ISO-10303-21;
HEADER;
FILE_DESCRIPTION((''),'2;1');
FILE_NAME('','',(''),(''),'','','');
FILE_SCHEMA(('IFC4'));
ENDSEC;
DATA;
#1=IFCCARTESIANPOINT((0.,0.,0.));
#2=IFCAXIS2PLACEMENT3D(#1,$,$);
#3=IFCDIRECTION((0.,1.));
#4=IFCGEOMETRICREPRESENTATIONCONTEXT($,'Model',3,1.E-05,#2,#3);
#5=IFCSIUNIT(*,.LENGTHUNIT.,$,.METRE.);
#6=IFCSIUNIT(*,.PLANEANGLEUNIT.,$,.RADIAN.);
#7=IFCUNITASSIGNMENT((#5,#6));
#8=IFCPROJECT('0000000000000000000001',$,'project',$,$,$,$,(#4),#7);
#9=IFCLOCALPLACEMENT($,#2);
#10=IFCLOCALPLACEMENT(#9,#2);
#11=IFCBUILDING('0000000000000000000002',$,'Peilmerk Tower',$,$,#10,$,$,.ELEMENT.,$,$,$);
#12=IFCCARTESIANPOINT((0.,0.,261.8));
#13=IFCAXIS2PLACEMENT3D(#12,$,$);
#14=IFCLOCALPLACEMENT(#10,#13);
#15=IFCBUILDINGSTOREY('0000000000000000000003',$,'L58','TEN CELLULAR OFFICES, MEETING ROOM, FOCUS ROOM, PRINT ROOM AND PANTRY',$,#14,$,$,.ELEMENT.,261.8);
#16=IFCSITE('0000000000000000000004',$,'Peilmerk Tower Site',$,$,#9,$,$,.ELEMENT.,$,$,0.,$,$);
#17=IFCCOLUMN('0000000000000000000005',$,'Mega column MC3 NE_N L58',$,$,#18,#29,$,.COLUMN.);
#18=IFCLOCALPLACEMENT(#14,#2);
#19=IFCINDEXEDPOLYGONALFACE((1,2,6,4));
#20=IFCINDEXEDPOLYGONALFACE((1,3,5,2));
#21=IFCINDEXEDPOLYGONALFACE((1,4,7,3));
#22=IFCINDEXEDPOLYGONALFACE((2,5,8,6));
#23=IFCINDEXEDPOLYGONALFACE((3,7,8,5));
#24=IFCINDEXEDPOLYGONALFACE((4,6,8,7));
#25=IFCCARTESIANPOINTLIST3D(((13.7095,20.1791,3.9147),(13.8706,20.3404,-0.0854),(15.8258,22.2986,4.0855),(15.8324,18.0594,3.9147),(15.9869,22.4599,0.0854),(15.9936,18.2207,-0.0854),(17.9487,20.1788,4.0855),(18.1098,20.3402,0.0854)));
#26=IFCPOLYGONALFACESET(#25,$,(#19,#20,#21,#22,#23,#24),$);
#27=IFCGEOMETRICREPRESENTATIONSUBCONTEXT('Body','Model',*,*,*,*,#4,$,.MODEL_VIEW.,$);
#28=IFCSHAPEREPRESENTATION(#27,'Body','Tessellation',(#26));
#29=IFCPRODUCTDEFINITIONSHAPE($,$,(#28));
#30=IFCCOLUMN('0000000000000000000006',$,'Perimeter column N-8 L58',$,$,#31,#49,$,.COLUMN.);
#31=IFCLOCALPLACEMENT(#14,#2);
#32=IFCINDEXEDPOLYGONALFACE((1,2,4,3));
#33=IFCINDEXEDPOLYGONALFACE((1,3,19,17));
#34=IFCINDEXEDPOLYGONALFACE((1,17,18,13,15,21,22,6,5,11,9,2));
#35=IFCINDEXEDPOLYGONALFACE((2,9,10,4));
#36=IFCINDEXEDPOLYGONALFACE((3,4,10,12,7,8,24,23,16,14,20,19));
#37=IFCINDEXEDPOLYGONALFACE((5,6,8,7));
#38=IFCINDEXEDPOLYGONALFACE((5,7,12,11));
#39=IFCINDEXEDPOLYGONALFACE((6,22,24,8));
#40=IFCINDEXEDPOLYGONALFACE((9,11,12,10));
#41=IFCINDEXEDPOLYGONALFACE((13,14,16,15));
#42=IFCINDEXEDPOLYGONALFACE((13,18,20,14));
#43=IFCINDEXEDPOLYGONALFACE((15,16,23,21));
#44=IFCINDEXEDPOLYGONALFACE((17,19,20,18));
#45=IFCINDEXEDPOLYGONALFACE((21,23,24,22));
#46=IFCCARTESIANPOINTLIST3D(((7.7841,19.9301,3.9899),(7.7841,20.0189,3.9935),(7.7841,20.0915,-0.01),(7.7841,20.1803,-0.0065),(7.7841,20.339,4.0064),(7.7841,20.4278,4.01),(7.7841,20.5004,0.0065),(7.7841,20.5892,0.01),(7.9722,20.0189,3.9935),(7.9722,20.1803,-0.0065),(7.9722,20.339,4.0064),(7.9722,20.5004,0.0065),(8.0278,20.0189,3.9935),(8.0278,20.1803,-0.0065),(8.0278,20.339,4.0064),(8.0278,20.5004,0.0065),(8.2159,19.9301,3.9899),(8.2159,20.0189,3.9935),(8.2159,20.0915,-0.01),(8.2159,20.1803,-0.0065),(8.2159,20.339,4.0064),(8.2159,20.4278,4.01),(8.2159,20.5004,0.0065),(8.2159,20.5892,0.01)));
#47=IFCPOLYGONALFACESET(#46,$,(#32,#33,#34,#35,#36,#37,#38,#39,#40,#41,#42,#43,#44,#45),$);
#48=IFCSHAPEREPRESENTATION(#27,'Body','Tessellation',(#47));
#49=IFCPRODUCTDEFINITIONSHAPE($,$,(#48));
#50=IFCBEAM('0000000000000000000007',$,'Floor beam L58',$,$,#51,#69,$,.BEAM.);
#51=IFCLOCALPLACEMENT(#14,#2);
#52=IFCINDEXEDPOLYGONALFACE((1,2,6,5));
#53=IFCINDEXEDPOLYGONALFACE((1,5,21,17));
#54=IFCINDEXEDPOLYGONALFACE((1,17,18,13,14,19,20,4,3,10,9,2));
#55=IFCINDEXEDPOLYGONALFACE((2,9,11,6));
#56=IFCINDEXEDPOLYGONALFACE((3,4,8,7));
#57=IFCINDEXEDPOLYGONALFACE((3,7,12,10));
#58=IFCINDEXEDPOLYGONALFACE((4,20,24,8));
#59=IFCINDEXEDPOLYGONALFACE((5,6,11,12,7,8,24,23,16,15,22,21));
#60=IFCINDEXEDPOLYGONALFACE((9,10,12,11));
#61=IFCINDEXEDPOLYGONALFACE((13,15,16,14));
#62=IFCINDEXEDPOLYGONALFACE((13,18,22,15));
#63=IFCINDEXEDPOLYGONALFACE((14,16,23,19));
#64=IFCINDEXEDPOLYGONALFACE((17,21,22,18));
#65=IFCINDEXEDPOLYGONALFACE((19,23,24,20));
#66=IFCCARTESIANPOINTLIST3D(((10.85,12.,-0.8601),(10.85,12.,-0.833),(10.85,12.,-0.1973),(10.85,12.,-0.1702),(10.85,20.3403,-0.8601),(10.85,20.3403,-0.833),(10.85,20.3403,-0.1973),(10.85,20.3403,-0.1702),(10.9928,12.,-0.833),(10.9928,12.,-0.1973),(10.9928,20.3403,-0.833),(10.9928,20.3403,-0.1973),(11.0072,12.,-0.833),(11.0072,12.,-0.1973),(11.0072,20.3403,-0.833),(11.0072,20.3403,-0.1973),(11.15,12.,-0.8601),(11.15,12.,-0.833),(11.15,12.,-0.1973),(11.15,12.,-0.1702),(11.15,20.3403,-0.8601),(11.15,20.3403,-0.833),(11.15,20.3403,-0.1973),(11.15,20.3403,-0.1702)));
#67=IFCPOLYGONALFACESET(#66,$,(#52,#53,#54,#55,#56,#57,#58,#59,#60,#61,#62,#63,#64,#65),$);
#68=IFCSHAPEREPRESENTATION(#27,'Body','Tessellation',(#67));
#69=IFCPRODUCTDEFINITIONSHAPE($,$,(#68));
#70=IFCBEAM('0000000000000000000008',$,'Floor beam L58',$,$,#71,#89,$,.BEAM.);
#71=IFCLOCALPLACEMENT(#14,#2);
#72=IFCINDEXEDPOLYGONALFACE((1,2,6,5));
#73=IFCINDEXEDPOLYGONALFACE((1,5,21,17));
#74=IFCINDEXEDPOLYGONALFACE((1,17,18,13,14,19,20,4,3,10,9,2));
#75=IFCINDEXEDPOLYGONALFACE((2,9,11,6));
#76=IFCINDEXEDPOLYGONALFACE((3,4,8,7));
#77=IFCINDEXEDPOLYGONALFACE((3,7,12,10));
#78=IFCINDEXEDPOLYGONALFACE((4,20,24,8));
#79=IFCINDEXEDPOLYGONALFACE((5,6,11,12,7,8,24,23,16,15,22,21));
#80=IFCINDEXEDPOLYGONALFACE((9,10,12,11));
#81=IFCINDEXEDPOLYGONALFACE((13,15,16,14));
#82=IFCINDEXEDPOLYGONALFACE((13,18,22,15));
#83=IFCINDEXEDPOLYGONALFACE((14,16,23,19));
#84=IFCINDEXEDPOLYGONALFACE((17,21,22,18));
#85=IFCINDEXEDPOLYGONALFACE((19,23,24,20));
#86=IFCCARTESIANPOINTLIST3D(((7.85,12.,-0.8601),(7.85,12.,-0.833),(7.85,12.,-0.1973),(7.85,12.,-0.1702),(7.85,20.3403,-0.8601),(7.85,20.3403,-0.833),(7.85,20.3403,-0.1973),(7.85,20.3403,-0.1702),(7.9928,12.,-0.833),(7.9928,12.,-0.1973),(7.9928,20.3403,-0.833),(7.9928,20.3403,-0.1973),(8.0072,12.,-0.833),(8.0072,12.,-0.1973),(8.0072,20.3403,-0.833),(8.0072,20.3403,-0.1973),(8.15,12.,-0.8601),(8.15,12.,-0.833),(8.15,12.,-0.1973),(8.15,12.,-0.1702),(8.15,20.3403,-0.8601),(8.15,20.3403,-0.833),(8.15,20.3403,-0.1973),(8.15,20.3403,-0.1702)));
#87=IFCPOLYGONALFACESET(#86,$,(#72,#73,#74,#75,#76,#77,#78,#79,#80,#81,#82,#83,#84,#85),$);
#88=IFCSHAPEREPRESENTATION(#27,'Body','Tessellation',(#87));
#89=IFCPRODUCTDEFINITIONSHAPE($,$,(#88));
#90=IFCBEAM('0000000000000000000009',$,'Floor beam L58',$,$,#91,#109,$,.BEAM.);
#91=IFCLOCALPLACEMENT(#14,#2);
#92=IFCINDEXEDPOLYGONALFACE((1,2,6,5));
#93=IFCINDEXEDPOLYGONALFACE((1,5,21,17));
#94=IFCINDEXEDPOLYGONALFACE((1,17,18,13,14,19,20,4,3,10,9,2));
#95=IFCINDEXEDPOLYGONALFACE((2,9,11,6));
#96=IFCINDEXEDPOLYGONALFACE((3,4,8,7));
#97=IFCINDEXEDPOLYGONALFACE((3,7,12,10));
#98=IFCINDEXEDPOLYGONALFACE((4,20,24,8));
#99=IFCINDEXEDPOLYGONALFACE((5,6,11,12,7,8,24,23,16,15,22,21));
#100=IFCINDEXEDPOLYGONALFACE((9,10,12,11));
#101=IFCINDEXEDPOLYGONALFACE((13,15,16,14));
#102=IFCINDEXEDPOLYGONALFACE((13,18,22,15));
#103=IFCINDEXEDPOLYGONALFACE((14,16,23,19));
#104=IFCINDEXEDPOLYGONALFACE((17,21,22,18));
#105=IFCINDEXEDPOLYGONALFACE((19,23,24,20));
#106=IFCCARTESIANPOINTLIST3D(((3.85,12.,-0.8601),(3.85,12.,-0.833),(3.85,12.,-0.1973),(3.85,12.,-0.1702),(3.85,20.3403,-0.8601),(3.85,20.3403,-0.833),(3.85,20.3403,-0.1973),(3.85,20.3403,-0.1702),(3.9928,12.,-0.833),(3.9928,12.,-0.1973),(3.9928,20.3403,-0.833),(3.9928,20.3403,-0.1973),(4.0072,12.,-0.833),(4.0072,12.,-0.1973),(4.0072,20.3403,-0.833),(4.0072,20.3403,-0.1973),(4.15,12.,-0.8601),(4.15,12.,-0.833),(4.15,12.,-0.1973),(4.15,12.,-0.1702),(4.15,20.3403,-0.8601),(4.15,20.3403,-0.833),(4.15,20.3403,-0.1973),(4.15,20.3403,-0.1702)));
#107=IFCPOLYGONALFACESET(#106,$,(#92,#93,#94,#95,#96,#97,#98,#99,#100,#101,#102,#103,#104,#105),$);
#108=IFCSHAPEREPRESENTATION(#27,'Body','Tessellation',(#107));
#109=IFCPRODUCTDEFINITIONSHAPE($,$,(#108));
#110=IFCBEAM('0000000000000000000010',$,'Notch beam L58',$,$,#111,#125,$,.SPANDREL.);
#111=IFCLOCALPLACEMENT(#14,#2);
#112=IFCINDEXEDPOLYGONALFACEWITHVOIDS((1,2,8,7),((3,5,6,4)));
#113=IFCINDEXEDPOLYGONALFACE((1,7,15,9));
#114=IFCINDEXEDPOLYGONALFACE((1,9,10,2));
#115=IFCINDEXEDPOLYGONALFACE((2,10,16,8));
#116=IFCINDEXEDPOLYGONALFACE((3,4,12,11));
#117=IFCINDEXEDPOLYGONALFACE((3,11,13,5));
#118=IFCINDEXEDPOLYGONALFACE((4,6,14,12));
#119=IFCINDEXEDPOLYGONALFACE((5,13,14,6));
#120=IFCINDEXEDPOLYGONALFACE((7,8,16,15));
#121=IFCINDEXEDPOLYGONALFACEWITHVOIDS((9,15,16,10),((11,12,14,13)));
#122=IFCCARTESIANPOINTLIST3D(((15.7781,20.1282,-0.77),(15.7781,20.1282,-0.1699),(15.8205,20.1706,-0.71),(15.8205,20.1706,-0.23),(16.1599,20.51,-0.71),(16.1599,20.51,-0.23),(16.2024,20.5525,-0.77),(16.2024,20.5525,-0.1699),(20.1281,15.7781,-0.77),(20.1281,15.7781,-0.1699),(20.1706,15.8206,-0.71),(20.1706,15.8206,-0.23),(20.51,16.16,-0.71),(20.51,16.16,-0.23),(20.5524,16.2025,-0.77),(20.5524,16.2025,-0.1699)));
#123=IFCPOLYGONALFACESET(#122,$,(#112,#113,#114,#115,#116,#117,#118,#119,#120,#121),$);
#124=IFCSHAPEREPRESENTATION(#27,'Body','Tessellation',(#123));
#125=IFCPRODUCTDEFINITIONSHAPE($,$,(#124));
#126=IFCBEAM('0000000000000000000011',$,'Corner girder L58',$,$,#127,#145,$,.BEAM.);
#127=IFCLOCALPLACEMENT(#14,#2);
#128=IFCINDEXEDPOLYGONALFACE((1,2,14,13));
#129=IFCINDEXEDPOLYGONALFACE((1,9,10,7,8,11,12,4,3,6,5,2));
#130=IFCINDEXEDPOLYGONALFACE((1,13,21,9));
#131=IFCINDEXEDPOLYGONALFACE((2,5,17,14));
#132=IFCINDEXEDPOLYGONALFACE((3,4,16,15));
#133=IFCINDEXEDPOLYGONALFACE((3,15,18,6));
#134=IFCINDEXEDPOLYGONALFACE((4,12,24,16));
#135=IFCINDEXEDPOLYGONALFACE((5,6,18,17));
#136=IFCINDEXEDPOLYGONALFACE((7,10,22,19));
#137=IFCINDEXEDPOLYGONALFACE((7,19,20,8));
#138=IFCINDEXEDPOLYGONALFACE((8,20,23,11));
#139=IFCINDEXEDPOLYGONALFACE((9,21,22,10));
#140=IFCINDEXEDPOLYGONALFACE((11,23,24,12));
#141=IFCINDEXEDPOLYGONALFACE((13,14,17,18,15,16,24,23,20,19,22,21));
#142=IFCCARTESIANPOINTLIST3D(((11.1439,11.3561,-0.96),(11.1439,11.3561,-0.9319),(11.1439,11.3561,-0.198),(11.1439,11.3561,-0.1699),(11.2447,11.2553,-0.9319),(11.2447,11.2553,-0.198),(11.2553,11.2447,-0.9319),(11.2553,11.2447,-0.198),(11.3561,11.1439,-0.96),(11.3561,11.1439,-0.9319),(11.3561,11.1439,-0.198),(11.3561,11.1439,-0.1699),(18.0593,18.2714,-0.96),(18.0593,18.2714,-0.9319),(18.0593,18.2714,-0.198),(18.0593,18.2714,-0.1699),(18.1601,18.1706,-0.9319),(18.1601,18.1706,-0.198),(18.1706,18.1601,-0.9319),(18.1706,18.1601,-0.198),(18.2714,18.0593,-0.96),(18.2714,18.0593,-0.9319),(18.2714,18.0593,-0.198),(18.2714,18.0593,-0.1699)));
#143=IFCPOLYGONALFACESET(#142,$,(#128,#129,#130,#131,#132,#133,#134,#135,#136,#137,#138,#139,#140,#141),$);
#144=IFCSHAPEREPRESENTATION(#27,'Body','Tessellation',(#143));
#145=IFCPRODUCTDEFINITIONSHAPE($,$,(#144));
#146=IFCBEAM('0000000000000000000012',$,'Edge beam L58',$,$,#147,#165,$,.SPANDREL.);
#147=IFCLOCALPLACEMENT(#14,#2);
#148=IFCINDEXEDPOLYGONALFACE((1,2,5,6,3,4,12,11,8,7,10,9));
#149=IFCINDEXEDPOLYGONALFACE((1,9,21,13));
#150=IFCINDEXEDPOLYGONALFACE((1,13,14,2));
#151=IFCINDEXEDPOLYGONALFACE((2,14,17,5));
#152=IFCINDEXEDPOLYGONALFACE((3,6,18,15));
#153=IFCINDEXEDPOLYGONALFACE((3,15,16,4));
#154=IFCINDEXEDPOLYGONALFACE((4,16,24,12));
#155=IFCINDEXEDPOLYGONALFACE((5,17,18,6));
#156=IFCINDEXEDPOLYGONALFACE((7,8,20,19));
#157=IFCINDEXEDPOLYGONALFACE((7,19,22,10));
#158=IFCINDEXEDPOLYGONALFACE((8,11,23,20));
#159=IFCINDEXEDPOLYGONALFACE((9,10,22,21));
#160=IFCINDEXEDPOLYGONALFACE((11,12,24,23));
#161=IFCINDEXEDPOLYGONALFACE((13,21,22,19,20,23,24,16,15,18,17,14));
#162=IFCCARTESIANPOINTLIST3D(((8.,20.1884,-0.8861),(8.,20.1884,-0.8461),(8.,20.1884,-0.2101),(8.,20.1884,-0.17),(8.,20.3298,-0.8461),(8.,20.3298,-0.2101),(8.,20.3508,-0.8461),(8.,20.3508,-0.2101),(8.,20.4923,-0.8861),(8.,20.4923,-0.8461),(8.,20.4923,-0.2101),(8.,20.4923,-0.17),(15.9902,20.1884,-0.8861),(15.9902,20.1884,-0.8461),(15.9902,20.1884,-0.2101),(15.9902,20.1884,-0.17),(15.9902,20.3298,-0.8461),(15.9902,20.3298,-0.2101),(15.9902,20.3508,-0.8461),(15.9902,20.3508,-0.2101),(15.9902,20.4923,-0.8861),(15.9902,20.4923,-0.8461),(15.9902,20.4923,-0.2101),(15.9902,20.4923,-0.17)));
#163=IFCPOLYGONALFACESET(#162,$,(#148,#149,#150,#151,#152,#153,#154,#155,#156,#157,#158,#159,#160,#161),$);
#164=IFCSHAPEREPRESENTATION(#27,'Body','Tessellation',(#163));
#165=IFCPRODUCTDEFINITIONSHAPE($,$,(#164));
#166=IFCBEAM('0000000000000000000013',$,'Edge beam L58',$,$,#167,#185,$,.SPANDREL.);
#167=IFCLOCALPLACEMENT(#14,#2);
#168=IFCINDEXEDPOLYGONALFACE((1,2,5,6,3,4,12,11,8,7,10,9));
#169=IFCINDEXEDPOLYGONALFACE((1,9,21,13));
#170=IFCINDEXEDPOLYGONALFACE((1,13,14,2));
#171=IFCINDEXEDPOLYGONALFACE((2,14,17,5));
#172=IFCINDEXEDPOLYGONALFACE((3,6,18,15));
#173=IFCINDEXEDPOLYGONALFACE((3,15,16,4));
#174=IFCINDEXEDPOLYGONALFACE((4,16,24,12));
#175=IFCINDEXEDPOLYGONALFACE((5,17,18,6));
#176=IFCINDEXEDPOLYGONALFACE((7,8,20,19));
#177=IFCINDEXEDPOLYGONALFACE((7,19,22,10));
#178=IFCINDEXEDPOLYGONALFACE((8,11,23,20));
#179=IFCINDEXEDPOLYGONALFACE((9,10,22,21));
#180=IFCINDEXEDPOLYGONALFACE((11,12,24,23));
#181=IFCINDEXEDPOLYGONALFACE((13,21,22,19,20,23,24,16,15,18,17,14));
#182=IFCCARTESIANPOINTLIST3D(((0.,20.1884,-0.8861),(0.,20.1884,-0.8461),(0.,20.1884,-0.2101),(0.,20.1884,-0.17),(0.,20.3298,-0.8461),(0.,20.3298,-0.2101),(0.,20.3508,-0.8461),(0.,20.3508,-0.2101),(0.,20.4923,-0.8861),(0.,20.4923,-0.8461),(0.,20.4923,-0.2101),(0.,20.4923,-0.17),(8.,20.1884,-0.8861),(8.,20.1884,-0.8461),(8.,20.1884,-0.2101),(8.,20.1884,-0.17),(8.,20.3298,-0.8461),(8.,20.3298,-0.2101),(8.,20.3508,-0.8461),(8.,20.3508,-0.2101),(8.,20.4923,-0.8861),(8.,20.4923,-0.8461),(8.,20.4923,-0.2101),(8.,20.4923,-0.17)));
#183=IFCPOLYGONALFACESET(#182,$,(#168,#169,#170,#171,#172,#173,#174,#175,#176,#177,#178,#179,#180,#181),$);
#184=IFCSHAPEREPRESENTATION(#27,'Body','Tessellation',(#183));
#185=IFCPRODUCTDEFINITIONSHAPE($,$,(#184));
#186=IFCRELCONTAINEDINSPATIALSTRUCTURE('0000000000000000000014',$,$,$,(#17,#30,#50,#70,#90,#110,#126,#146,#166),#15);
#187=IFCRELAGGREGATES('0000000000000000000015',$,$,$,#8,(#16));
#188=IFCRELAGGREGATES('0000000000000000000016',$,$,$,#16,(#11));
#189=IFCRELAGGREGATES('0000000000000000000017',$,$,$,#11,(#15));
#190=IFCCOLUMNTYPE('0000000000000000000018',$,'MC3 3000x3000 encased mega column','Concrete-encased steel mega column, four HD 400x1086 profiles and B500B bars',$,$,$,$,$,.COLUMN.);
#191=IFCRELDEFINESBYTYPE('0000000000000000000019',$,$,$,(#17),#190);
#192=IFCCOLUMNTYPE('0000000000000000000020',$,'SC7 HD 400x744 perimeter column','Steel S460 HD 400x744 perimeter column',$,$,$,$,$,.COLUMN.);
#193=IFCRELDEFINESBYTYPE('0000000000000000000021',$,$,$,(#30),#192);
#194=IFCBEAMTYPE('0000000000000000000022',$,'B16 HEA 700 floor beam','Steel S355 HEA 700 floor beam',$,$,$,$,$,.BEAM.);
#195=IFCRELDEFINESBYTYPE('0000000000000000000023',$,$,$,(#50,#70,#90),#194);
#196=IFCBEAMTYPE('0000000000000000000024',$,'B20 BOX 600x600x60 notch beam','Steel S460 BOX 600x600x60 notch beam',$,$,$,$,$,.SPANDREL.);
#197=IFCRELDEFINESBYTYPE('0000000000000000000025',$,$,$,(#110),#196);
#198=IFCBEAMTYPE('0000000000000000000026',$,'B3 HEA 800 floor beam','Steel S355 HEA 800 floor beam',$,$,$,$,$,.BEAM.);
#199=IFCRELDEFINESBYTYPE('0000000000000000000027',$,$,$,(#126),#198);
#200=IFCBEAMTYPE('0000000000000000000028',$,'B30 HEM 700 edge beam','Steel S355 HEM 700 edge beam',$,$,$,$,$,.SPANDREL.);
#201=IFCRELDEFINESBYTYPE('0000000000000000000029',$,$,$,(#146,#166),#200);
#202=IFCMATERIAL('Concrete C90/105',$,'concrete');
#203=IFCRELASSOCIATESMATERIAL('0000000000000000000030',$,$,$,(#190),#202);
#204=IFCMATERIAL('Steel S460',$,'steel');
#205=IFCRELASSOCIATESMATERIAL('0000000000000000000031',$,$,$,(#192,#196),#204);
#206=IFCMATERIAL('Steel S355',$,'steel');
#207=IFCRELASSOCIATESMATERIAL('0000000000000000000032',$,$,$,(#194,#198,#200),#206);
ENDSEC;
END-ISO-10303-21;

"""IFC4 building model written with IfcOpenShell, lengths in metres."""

from ifc_helpers import new_model, si_unit, direction, frame, origin, origin_2d, place, context, subcontext, project, spatial, rectangle, hollow_rectangle, i_section, extrude, material, material_profile, profile_set, type_object, element, save


model = new_model("IFC4")

# Units and contexts
model_context = context("Model", 3, precision=1e-05, world=origin(), true_north=direction((0.0, 1.0)))
body_context = subcontext(model_context, "Body", "Model", "MODEL_VIEW")
ifc_project = project(units=[si_unit("LENGTHUNIT", "METRE"), si_unit("PLANEANGLEUNIT", "RADIAN")], contexts=[model_context])

# Site, building, storey
site_placement = place(None, origin())
site = spatial("IfcSite", under=ifc_project, at=site_placement, Name="Peilmerk Tower Site", CompositionType="ELEMENT", RefElevation=0.0)
building_placement = place(site_placement, origin())
building = spatial("IfcBuilding", under=site, at=building_placement, Name="Peilmerk Tower", CompositionType="ELEMENT")
storey_placement = place(building_placement, frame((0.0, 0.0, 261.8)))
storey = spatial("IfcBuildingStorey", under=building, at=storey_placement, Name="L58", Description="TEN CELLULAR OFFICES, MEETING ROOM, FOCUS ROOM, PRINT ROOM AND PANTRY", CompositionType="ELEMENT", Elevation=261.8)

# Columns
ifc_material_1 = material(Name="Concrete C90/105", Category="concrete")
ifc_material_profile_1 = material_profile(ifc_material_1, rectangle(XDim=3.0, YDim=3.0, at=origin_2d()), Name="RC 3000x3000")
ifc_profile_set_1 = profile_set([ifc_material_profile_1], Name="Concrete C90/105")
column_type_1 = type_object("IfcColumnType", Name="MC3 3000x3000 encased mega column", Description="Concrete-encased steel mega column, four HD 400x1086 profiles and B500B bars", PredefinedType="COLUMN", material=ifc_profile_set_1)
column_1_placement = place(storey_placement, frame((15.9902, 20.3403, 0.0), z_axis=(-0.040218, -0.040279, 0.998379), x_axis=(0.707642, -0.706571, 0.0)))
element("IfcColumn", 1, at=column_1_placement, inside=storey, type_object=column_type_1, Name="Mega column MC3 NE_N L58", PredefinedType="COLUMN", context=body_context, shape_type="SweptSolid", body=[
    extrude(rectangle(XDim=3.0, YDim=3.0, at=origin_2d()), origin(), (0.0, 0.0, 1.0), 4.0066),
])
ifc_material_2 = material(Name="Steel S460", Category="steel")
ifc_material_profile_2 = material_profile(ifc_material_2, i_section(OverallWidth=0.4319, OverallDepth=0.498, WebThickness=0.0557, FlangeThickness=0.0889, at=origin_2d()), Name="HD 400x744")
ifc_profile_set_2 = profile_set([ifc_material_profile_2], Name="Steel S460")
column_type_2 = type_object("IfcColumnType", Name="SC7 HD 400x744 perimeter column", Description="Steel S460 HD 400x744 perimeter column", PredefinedType="COLUMN", material=ifc_profile_set_2)
column_2_placement = place(storey_placement, frame((8.0, 20.3403, 0.0), z_axis=(0.0, -0.040311, 0.999187), x_axis=(1.0, 0.0, 0.0)))
element("IfcColumn", 2, at=column_2_placement, inside=storey, type_object=column_type_2, Name="Perimeter column N-8 L58", PredefinedType="COLUMN", context=body_context, shape_type="SweptSolid", body=[
    extrude(i_section(OverallWidth=0.4319, OverallDepth=0.498, WebThickness=0.0557, FlangeThickness=0.0889, at=origin_2d()), origin(), (0.0, 0.0, 1.0), 4.0032),
])

# Beams
ifc_material_3 = material(Name="Steel S355", Category="steel")
ifc_material_profile_3 = material_profile(ifc_material_3, i_section(OverallWidth=0.3, OverallDepth=0.6899, WebThickness=0.0144, FlangeThickness=0.0271, at=origin_2d()), Name="HEA 700")
ifc_profile_set_3 = profile_set([ifc_material_profile_3], Name="Steel S355")
beam_type_1 = type_object("IfcBeamType", Name="B16 HEA 700 floor beam", Description="Steel S355 HEA 700 floor beam", PredefinedType="BEAM", material=ifc_profile_set_3)
for number, where, z_axis, x_axis, name in (
    (3, (11.0, 12.0, -0.5151), (0.0, 1.0, 0.0), (-1.0, 0.0, 0.0), "Floor beam L58"),
    (4, (8.0, 12.0, -0.5151), (0.0, 1.0, 0.0), (-1.0, 0.0, 0.0), "Floor beam L58"),
    (5, (4.0, 12.0, -0.5151), (0.0, 1.0, 0.0), (-1.0, 0.0, 0.0), "Floor beam L58"),
):
    element("IfcBeam", number, at=place(storey_placement, frame(where, z_axis=z_axis, x_axis=x_axis)), inside=storey, type_object=beam_type_1, Name=name, PredefinedType="BEAM", context=body_context, shape_type="SweptSolid", body=[
        extrude(i_section(OverallWidth=0.3, OverallDepth=0.6899, WebThickness=0.0144, FlangeThickness=0.0271, at=origin_2d()), origin(), (0.0, 0.0, 1.0), 8.3403),
    ])
ifc_material_profile_4 = material_profile(ifc_material_2, hollow_rectangle(XDim=0.6001, YDim=0.6001, WallThickness=0.0601, at=origin_2d()), Name="BOX 600x600x60")
ifc_profile_set_4 = profile_set([ifc_material_profile_4], Name="Steel S460")
beam_type_2 = type_object("IfcBeamType", Name="B20 BOX 600x600x60 notch beam", Description="Steel S460 BOX 600x600x60 notch beam", PredefinedType="SPANDREL", material=ifc_profile_set_4)
beam_1_placement = place(storey_placement, frame((15.9902, 20.3403, -0.47), z_axis=(0.707107, -0.707107, 0.0), x_axis=(0.707107, 0.707107, 0.0)))
element("IfcBeam", 6, at=beam_1_placement, inside=storey, type_object=beam_type_2, Name="Notch beam L58", PredefinedType="SPANDREL", context=body_context, shape_type="SweptSolid", body=[
    extrude(hollow_rectangle(XDim=0.6001, YDim=0.6001, WallThickness=0.0601, at=origin_2d()), origin(), (0.0, 0.0, 1.0), 6.1519),
])
ifc_material_profile_5 = material_profile(ifc_material_3, i_section(OverallWidth=0.3, OverallDepth=0.79, WebThickness=0.0149, FlangeThickness=0.0281, at=origin_2d()), Name="HEA 800")
ifc_profile_set_5 = profile_set([ifc_material_profile_5], Name="Steel S355")
beam_type_3 = type_object("IfcBeamType", Name="B3 HEA 800 floor beam", Description="Steel S355 HEA 800 floor beam", PredefinedType="BEAM", material=ifc_profile_set_5)
beam_2_placement = place(storey_placement, frame((11.25, 11.25, -0.5649), z_axis=(0.707107, 0.707107, 0.0), x_axis=(-0.707107, 0.707107, 0.0)))
element("IfcBeam", 7, at=beam_2_placement, inside=storey, type_object=beam_type_3, Name="Corner girder L58", PredefinedType="BEAM", context=body_context, shape_type="SweptSolid", body=[
    extrude(i_section(OverallWidth=0.3, OverallDepth=0.79, WebThickness=0.0149, FlangeThickness=0.0281, at=origin_2d()), origin(), (0.0, 0.0, 1.0), 9.7798),
])
ifc_material_profile_6 = material_profile(ifc_material_3, i_section(OverallWidth=0.304, OverallDepth=0.7161, WebThickness=0.021, FlangeThickness=0.04, at=origin_2d()), Name="HEM 700")
ifc_profile_set_6 = profile_set([ifc_material_profile_6], Name="Steel S355")
beam_type_4 = type_object("IfcBeamType", Name="B30 HEM 700 edge beam", Description="Steel S355 HEM 700 edge beam", PredefinedType="SPANDREL", material=ifc_profile_set_6)
beam_3_placement = place(storey_placement, frame((15.9902, 20.3403, -0.5281), z_axis=(-1.0, 0.0, 0.0), x_axis=(0.0, -1.0, 0.0)))
element("IfcBeam", 8, at=beam_3_placement, inside=storey, type_object=beam_type_4, Name="Edge beam L58", PredefinedType="SPANDREL", context=body_context, shape_type="SweptSolid", body=[
    extrude(i_section(OverallWidth=0.304, OverallDepth=0.7161, WebThickness=0.021, FlangeThickness=0.04, at=origin_2d()), origin(), (0.0, 0.0, 1.0), 7.9902),
])
beam_4_placement = place(storey_placement, frame((8.0, 20.3403, -0.5281), z_axis=(-1.0, 0.0, 0.0), x_axis=(0.0, -1.0, 0.0)))
element("IfcBeam", 9, at=beam_4_placement, inside=storey, type_object=beam_type_4, Name="Edge beam L58", PredefinedType="SPANDREL", context=body_context, shape_type="SweptSolid", body=[
    extrude(i_section(OverallWidth=0.304, OverallDepth=0.7161, WebThickness=0.021, FlangeThickness=0.04, at=origin_2d()), origin(), (0.0, 0.0, 1.0), 8.0),
])

save(model, "model.ifc")
